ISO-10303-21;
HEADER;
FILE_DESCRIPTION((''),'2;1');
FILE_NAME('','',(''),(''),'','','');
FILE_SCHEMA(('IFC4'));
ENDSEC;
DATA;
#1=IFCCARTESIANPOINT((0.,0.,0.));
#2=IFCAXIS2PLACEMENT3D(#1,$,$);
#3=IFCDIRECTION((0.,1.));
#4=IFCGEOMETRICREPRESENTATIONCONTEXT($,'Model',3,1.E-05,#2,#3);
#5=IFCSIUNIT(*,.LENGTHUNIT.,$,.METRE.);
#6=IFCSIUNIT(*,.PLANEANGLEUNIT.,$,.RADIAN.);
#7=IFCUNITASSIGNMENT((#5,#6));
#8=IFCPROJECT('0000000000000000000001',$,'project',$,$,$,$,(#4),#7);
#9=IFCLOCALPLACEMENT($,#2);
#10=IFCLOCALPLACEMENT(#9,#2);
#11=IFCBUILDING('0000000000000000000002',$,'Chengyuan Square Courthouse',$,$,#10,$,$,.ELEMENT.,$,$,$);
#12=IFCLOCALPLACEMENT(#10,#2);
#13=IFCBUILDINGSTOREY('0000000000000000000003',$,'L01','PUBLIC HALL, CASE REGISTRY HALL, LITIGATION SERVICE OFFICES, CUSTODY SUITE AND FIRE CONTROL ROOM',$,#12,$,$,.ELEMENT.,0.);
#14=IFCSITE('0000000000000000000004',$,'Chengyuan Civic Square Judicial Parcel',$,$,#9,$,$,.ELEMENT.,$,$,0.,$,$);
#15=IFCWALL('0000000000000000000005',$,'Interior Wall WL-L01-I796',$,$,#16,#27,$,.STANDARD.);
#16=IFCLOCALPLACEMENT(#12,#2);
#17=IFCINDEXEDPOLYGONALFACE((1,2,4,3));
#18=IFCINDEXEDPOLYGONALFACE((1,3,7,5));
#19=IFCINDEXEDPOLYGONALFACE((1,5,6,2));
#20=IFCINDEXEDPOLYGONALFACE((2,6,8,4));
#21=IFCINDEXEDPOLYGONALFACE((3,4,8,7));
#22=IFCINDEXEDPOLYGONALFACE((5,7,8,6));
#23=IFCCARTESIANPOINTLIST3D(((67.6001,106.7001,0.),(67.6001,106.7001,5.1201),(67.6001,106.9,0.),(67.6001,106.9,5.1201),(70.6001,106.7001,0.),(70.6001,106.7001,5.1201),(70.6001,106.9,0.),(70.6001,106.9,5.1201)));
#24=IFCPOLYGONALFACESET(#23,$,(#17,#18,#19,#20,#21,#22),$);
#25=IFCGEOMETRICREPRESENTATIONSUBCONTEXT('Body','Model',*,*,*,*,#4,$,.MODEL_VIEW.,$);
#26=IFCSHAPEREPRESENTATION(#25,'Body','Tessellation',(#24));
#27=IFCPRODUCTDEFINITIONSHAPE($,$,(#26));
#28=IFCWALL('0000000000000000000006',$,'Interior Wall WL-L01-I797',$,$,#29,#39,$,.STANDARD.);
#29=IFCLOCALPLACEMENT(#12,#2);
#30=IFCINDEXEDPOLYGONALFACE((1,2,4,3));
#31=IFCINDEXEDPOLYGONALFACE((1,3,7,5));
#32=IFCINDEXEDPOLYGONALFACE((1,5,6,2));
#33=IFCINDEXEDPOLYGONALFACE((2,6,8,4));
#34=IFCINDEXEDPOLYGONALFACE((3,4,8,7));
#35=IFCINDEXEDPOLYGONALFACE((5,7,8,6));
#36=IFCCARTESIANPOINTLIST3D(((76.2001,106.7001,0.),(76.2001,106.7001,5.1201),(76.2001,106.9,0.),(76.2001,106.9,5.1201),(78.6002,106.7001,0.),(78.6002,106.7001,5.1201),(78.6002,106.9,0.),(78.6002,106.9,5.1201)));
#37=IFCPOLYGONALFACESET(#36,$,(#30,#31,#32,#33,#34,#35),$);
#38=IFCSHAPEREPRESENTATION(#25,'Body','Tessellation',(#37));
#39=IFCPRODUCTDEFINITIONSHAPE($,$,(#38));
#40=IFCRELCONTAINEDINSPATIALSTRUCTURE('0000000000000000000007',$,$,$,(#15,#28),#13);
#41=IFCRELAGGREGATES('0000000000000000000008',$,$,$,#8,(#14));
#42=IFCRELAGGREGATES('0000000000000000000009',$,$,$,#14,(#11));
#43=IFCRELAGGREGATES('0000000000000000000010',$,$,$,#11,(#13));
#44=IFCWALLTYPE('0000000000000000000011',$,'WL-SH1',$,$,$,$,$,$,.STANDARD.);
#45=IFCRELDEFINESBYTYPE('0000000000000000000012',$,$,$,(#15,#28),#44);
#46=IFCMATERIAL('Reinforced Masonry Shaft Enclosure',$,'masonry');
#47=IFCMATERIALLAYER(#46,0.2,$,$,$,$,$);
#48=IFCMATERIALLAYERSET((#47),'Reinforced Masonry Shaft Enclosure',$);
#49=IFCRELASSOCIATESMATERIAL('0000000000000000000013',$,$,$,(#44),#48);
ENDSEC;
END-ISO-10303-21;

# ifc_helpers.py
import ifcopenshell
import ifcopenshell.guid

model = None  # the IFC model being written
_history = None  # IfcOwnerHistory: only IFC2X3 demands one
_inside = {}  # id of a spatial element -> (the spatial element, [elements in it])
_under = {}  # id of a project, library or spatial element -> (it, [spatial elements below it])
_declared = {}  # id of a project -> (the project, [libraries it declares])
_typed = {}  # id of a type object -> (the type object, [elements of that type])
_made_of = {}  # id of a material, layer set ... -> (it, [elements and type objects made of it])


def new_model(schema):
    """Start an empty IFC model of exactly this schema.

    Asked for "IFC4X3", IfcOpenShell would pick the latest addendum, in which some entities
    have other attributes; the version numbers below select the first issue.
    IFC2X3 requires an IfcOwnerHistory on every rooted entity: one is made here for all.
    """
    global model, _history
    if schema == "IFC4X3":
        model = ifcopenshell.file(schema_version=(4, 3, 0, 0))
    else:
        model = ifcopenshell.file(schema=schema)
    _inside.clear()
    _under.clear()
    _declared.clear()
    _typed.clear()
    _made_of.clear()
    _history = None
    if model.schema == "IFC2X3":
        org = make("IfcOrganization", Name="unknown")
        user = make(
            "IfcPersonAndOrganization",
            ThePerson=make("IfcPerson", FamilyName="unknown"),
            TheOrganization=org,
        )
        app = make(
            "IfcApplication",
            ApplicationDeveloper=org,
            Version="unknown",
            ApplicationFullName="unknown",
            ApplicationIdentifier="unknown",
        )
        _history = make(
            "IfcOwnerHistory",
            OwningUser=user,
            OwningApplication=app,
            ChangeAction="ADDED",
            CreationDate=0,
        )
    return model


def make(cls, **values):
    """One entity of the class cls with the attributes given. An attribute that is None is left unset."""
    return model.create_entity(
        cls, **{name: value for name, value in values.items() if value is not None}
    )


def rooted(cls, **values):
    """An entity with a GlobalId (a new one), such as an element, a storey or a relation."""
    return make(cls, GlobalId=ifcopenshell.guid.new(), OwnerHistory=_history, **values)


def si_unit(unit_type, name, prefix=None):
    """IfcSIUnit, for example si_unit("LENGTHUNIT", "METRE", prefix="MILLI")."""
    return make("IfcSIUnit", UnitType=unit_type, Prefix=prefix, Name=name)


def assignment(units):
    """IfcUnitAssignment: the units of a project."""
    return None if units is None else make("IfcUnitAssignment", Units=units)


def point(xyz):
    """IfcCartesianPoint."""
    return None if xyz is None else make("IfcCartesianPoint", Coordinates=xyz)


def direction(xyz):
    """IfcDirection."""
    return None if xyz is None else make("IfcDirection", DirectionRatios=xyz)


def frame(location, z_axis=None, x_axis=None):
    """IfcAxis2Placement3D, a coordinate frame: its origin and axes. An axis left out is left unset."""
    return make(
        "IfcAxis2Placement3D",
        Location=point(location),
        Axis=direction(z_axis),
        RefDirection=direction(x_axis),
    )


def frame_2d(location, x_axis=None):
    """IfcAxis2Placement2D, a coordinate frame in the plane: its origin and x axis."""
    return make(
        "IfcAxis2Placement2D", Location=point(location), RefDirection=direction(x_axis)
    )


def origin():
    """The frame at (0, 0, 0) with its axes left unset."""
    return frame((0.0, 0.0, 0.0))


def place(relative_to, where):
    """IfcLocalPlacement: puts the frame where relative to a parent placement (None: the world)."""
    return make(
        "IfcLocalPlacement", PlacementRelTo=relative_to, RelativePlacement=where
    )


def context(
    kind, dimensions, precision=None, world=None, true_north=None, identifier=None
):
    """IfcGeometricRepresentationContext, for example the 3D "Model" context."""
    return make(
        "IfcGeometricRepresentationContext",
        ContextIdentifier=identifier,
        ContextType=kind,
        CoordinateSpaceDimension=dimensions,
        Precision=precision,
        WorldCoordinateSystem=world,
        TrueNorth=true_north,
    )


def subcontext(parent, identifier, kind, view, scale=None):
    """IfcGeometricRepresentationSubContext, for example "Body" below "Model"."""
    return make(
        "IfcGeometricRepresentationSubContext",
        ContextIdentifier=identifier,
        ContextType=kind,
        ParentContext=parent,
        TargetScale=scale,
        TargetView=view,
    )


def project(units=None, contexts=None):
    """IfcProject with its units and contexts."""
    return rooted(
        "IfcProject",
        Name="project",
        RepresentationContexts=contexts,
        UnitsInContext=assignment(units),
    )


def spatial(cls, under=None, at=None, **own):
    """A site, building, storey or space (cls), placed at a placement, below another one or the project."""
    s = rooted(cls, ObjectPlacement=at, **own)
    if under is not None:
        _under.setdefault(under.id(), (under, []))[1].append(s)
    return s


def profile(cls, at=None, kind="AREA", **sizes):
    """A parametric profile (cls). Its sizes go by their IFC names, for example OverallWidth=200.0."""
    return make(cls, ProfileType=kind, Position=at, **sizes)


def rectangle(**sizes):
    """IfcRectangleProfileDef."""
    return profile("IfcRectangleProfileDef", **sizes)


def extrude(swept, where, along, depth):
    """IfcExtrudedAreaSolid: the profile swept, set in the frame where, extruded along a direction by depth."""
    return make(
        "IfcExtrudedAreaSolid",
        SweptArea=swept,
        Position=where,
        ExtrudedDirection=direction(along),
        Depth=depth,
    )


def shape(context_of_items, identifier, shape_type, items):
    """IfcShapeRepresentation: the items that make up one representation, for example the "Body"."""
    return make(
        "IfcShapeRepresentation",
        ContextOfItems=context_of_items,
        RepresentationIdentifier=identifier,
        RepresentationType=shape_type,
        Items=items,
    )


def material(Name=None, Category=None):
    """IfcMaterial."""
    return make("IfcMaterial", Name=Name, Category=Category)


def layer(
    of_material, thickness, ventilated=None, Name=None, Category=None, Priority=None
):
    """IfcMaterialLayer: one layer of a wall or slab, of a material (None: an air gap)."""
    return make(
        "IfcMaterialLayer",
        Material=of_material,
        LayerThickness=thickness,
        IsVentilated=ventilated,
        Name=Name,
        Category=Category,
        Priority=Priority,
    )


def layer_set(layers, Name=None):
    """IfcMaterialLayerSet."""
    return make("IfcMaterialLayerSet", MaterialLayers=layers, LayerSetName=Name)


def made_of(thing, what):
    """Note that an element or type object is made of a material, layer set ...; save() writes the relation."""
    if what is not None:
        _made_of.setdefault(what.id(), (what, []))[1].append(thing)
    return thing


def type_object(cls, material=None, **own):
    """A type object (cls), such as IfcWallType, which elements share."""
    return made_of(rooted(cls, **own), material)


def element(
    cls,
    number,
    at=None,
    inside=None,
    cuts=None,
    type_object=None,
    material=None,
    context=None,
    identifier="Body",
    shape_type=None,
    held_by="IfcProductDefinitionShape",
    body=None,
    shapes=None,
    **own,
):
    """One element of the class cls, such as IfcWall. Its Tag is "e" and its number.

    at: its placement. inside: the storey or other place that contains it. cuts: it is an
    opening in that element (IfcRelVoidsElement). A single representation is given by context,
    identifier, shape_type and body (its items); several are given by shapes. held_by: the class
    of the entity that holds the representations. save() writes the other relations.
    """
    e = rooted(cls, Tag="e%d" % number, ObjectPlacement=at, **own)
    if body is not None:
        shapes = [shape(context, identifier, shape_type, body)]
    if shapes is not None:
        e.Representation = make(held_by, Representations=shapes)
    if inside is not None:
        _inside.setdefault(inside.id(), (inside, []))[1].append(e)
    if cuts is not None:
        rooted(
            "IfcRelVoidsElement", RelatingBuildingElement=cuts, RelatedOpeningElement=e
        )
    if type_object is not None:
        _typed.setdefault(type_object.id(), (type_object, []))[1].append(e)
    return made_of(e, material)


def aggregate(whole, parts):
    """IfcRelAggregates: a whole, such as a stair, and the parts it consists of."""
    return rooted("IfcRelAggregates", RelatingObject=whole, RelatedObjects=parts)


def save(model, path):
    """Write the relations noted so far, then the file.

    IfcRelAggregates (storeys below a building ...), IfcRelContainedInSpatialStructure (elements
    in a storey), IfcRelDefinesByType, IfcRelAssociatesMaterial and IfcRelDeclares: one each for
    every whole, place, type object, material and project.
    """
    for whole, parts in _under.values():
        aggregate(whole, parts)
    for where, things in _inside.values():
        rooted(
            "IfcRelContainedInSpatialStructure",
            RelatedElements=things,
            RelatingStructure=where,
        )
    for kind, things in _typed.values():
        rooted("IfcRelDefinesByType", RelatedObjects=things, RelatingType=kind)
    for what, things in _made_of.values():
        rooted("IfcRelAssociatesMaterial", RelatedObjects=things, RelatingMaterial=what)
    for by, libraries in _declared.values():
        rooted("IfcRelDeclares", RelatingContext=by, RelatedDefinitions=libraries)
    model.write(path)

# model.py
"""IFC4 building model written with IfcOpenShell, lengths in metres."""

from ifc_helpers import new_model, si_unit, direction, frame, frame_2d, origin, place, context, subcontext, project, spatial, rectangle, extrude, material, layer, layer_set, type_object, element, save


model = new_model("IFC4")

# Units and contexts
model_context = context("Model", 3, precision=1e-05, world=origin(), true_north=direction((0.0, 1.0)))
body_context = subcontext(model_context, "Body", "Model", "MODEL_VIEW")
ifc_project = project(units=[si_unit("LENGTHUNIT", "METRE"), si_unit("PLANEANGLEUNIT", "RADIAN")], contexts=[model_context])

# Site, building, storey
site_placement = place(None, origin())
site = spatial("IfcSite", under=ifc_project, at=site_placement, Name="Chengyuan Civic Square Judicial Parcel", CompositionType="ELEMENT", RefElevation=0.0)
building_placement = place(site_placement, origin())
building = spatial("IfcBuilding", under=site, at=building_placement, Name="Chengyuan Square Courthouse", CompositionType="ELEMENT")
storey_placement = place(building_placement, origin())
storey = spatial("IfcBuildingStorey", under=building, at=storey_placement, Name="L01", Description="PUBLIC HALL, CASE REGISTRY HALL, LITIGATION SERVICE OFFICES, CUSTODY SUITE AND FIRE CONTROL ROOM", CompositionType="ELEMENT", Elevation=0.0)

# Walls
ifc_material_1 = material(Name="Reinforced Masonry Shaft Enclosure", Category="masonry")
ifc_layer_1 = layer(ifc_material_1, 0.2)
ifc_layer_set_1 = layer_set([ifc_layer_1], Name="Reinforced Masonry Shaft Enclosure")
wall_type_1 = type_object("IfcWallType", Name="WL-SH1", PredefinedType="STANDARD", material=ifc_layer_set_1)
wall_1_placement = place(storey_placement, frame((67.6001, 106.8, 0.0), z_axis=(0.0, 0.0, 1.0), x_axis=(1.0, 0.0, 0.0)))
element("IfcWall", 1, at=wall_1_placement, inside=storey, type_object=wall_type_1, Name="Interior Wall WL-L01-I796", PredefinedType="STANDARD", context=body_context, shape_type="SweptSolid", body=[
    extrude(rectangle(XDim=3.0, YDim=0.2, at=frame_2d((1.5, 0.0))), origin(), (0.0, 0.0, 1.0), 5.1201),
])
wall_2_placement = place(storey_placement, frame((76.2, 106.8, 0.0), z_axis=(0.0, 0.0, 1.0), x_axis=(1.0, 0.0, 0.0)))
element("IfcWall", 2, at=wall_2_placement, inside=storey, type_object=wall_type_1, Name="Interior Wall WL-L01-I797", PredefinedType="STANDARD", context=body_context, shape_type="SweptSolid", body=[
    extrude(rectangle(XDim=2.4001, YDim=0.2, at=frame_2d((1.2002, 0.0))), origin(), (0.0, 0.0, 1.0), 5.1201),
])

save(model, "model.ifc")
